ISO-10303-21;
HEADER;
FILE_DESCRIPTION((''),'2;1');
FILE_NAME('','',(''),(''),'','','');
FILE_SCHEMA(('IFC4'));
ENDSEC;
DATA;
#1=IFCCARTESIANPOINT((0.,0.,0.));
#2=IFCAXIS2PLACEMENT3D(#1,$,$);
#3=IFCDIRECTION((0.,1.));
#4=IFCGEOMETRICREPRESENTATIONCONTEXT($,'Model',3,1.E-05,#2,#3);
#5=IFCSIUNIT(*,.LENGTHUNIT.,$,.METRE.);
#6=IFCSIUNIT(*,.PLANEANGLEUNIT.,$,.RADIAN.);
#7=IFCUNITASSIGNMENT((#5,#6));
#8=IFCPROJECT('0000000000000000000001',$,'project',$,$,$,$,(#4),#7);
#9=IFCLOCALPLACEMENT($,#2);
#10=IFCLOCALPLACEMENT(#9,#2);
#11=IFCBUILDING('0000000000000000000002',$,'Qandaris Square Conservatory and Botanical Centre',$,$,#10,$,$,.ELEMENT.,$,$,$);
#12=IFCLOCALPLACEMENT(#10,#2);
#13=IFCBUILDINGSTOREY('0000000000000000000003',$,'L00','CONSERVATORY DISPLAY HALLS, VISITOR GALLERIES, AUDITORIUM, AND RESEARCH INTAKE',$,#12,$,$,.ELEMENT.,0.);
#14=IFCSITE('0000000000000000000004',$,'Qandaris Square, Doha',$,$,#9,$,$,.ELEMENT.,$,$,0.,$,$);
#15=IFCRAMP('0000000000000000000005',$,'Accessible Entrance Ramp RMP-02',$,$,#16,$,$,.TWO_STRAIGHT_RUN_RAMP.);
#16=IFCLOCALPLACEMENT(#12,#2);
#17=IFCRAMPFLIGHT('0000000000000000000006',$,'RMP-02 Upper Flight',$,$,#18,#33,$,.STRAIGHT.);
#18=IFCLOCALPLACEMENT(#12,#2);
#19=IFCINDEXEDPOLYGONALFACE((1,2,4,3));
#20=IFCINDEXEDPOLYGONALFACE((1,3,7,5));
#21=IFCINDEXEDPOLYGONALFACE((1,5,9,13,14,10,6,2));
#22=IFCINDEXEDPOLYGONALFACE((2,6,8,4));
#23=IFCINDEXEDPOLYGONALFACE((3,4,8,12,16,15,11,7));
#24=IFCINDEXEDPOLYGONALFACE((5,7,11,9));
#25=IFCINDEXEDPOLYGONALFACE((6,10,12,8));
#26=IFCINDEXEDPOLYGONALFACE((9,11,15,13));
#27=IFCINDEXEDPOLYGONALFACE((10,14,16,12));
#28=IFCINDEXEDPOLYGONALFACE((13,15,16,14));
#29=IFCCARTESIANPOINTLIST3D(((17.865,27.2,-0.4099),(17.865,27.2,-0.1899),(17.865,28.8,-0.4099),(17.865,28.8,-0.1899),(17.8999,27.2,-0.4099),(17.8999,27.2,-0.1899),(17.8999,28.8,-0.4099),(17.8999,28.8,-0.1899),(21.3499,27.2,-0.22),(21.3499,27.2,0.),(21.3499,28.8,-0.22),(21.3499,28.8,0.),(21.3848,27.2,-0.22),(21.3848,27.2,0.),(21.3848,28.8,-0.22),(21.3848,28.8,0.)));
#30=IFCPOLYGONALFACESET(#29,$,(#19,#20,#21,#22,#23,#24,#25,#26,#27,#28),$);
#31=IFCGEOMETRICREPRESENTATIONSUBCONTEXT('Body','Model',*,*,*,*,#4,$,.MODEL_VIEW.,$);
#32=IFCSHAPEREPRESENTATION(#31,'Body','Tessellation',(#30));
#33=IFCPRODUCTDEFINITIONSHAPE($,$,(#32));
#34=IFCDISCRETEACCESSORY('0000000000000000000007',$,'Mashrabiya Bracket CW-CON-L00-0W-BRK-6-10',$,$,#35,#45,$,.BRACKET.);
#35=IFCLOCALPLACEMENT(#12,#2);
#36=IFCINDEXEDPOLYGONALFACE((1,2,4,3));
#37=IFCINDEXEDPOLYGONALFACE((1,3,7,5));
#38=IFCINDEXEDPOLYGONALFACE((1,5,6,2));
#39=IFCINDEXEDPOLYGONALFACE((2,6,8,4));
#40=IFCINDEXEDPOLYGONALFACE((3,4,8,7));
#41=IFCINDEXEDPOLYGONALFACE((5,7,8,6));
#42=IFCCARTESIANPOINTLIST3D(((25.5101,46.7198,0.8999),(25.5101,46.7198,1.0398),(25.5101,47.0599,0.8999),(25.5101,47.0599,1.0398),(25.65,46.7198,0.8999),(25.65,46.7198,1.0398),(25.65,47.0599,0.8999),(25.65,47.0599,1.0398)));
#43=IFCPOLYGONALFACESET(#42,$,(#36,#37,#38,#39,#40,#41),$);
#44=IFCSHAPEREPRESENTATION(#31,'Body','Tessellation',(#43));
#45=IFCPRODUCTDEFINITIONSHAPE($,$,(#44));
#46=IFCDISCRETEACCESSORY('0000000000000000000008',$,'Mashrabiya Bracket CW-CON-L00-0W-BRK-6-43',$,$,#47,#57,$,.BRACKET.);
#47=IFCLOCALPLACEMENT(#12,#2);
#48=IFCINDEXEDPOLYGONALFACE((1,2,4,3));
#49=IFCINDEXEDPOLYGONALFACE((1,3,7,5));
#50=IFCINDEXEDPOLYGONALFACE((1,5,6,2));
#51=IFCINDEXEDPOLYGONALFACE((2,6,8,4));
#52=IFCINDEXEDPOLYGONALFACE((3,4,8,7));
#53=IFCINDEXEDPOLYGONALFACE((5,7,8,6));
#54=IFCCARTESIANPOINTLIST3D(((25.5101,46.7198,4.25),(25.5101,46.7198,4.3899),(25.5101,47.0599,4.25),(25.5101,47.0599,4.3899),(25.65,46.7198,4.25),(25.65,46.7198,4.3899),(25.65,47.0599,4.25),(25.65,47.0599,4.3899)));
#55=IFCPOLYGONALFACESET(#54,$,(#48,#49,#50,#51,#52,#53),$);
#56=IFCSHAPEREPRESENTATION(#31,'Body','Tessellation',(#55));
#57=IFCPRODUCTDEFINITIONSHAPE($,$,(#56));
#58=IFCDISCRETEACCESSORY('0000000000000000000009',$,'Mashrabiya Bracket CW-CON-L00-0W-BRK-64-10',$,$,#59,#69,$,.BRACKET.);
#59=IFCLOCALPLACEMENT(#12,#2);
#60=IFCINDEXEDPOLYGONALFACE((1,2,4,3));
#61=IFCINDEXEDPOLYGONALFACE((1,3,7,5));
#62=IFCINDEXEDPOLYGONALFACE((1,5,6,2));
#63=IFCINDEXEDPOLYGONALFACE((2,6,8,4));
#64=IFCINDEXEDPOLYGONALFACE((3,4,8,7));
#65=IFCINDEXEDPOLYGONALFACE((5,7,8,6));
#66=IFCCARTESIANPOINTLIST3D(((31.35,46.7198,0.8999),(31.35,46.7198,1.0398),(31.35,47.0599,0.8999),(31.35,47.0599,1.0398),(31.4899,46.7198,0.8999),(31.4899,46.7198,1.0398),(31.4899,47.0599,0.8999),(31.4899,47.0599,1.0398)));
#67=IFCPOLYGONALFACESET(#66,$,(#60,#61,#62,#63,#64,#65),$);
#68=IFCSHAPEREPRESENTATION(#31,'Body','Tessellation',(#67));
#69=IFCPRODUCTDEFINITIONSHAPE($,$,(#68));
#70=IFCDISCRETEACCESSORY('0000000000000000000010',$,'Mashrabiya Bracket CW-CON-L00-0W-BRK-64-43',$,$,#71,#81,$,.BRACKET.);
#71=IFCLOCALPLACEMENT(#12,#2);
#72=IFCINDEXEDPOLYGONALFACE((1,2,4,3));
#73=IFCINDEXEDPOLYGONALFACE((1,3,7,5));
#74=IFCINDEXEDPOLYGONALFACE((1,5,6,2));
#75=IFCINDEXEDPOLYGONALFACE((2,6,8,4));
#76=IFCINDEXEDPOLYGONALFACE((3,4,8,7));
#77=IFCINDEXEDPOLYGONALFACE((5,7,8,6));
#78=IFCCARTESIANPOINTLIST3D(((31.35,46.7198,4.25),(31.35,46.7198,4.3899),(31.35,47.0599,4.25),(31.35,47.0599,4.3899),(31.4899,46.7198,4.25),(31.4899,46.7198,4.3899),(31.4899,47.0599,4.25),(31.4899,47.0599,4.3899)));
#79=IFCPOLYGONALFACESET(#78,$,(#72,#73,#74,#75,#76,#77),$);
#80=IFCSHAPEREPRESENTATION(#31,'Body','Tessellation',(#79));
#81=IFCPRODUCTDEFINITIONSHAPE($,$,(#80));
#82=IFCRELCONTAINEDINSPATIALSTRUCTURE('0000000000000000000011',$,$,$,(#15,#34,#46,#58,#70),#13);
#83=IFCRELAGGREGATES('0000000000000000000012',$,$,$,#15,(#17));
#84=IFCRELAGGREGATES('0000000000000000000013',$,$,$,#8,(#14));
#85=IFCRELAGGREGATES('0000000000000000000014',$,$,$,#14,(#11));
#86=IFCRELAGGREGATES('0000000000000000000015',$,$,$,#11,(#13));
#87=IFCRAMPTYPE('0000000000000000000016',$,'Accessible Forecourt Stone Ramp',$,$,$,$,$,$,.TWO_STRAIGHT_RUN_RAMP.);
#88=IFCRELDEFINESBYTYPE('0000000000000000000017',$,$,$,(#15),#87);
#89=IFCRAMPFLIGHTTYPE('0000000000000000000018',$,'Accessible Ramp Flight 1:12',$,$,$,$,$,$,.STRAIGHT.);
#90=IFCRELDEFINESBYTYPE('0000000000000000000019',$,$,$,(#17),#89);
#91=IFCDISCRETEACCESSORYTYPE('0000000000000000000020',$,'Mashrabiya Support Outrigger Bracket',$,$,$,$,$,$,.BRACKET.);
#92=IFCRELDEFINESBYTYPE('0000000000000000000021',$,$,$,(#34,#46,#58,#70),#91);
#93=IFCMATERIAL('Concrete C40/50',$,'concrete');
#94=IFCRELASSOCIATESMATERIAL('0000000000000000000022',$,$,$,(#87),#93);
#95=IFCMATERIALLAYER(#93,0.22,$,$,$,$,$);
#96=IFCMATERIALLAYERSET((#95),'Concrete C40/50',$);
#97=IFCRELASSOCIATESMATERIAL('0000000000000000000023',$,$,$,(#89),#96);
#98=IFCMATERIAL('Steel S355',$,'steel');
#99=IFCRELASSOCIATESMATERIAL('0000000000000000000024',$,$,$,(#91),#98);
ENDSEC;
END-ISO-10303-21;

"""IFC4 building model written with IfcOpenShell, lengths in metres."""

from ifc_helpers import new_model, si_unit, direction, frame, origin, origin_2d, place, context, subcontext, project, spatial, polyline, rectangle, outline, extrude, material, layer, layer_set, type_object, element, aggregate, save


model = new_model("IFC4")

# Units and contexts
model_context = context("Model", 3, precision=1e-05, world=origin(), true_north=direction((0.0, 1.0)))
body_context = subcontext(model_context, "Body", "Model", "MODEL_VIEW")
ifc_project = project(units=[si_unit("LENGTHUNIT", "METRE"), si_unit("PLANEANGLEUNIT", "RADIAN")], contexts=[model_context])

# Site, building, storey
site_placement = place(None, origin())
site = spatial("IfcSite", under=ifc_project, at=site_placement, Name="Qandaris Square, Doha", CompositionType="ELEMENT", RefElevation=0.0)
building_placement = place(site_placement, origin())
building = spatial("IfcBuilding", under=site, at=building_placement, Name="Qandaris Square Conservatory and Botanical Centre", CompositionType="ELEMENT")
storey_placement = place(building_placement, origin())
storey = spatial("IfcBuildingStorey", under=building, at=storey_placement, Name="L00", Description="CONSERVATORY DISPLAY HALLS, VISITOR GALLERIES, AUDITORIUM, AND RESEARCH INTAKE", CompositionType="ELEMENT", Elevation=0.0)

# Shared definitions
ifc_material_1 = material(Name="Concrete C40/50", Category="concrete")

# Ramp, ramp flight
ramp_type = type_object("IfcRampType", Name="Accessible Forecourt Stone Ramp", PredefinedType="TWO_STRAIGHT_RUN_RAMP", material=ifc_material_1)
ramp_placement = place(storey_placement, origin())
ramp = element("IfcRamp", 1, at=ramp_placement, inside=storey, type_object=ramp_type, Name="Accessible Entrance Ramp RMP-02", PredefinedType="TWO_STRAIGHT_RUN_RAMP")
ifc_layer_1 = layer(ifc_material_1, 0.22)
ifc_layer_set_1 = layer_set([ifc_layer_1], Name="Concrete C40/50")
ramp_flight_type = type_object("IfcRampFlightType", Name="Accessible Ramp Flight 1:12", PredefinedType="STRAIGHT", material=ifc_layer_set_1)
ramp_flight_placement = place(storey_placement, frame((17.8999, 28.0, -0.1899), z_axis=(0.0, 0.0, 1.0), x_axis=(1.0, 0.0, 0.0)))
ramp_flight = element("IfcRampFlight", 2, at=ramp_flight_placement, type_object=ramp_flight_type, Name="RMP-02 Upper Flight", PredefinedType="STRAIGHT", context=body_context, shape_type="SweptSolid", body=[
    extrude(outline(polyline([(-0.0349, 0.0), (0.0, 0.0), (3.45, 0.1899), (3.4849, 0.1899), (3.4849, -0.03), (3.45, -0.03), (0.0, -0.22), (-0.0349, -0.22), (-0.0349, 0.0)])), frame((0.0, 0.8, 0.0), z_axis=(0.0, -1.0, 0.0), x_axis=(1.0, 0.0, 0.0)), (0.0, 0.0, 1.0), 1.6001),
])
aggregate(ramp, [ramp_flight])

# Discrete accessories
ifc_material_2 = material(Name="Steel S355", Category="steel")
discrete_accessory_type = type_object("IfcDiscreteAccessoryType", Name="Mashrabiya Support Outrigger Bracket", PredefinedType="BRACKET", material=ifc_material_2)
for number, where, z_axis, x_axis, name in (
    (3, (25.5801, 46.8899, 0.8999), (0.0, 0.0, 1.0), (1.0, 0.0, 0.0), "Mashrabiya Bracket CW-CON-L00-0W-BRK-6-10"),
    (4, (25.5801, 46.8899, 4.25), (0.0, 0.0, 1.0), (1.0, 0.0, 0.0), "Mashrabiya Bracket CW-CON-L00-0W-BRK-6-43"),
    (5, (31.4199, 46.8899, 0.8999), (0.0, 0.0, 1.0), (1.0, 0.0, 0.0), "Mashrabiya Bracket CW-CON-L00-0W-BRK-64-10"),
    (6, (31.4199, 46.8899, 4.25), (0.0, 0.0, 1.0), (1.0, 0.0, 0.0), "Mashrabiya Bracket CW-CON-L00-0W-BRK-64-43"),
):
    element("IfcDiscreteAccessory", number, at=place(storey_placement, frame(where, z_axis=z_axis, x_axis=x_axis)), inside=storey, type_object=discrete_accessory_type, Name=name, PredefinedType="BRACKET", context=body_context, shape_type="SweptSolid", body=[
        extrude(rectangle(XDim=0.1399, YDim=0.3401, at=origin_2d()), origin(), (0.0, 0.0, 1.0), 0.1399),
    ])

save(model, "model.ifc")
